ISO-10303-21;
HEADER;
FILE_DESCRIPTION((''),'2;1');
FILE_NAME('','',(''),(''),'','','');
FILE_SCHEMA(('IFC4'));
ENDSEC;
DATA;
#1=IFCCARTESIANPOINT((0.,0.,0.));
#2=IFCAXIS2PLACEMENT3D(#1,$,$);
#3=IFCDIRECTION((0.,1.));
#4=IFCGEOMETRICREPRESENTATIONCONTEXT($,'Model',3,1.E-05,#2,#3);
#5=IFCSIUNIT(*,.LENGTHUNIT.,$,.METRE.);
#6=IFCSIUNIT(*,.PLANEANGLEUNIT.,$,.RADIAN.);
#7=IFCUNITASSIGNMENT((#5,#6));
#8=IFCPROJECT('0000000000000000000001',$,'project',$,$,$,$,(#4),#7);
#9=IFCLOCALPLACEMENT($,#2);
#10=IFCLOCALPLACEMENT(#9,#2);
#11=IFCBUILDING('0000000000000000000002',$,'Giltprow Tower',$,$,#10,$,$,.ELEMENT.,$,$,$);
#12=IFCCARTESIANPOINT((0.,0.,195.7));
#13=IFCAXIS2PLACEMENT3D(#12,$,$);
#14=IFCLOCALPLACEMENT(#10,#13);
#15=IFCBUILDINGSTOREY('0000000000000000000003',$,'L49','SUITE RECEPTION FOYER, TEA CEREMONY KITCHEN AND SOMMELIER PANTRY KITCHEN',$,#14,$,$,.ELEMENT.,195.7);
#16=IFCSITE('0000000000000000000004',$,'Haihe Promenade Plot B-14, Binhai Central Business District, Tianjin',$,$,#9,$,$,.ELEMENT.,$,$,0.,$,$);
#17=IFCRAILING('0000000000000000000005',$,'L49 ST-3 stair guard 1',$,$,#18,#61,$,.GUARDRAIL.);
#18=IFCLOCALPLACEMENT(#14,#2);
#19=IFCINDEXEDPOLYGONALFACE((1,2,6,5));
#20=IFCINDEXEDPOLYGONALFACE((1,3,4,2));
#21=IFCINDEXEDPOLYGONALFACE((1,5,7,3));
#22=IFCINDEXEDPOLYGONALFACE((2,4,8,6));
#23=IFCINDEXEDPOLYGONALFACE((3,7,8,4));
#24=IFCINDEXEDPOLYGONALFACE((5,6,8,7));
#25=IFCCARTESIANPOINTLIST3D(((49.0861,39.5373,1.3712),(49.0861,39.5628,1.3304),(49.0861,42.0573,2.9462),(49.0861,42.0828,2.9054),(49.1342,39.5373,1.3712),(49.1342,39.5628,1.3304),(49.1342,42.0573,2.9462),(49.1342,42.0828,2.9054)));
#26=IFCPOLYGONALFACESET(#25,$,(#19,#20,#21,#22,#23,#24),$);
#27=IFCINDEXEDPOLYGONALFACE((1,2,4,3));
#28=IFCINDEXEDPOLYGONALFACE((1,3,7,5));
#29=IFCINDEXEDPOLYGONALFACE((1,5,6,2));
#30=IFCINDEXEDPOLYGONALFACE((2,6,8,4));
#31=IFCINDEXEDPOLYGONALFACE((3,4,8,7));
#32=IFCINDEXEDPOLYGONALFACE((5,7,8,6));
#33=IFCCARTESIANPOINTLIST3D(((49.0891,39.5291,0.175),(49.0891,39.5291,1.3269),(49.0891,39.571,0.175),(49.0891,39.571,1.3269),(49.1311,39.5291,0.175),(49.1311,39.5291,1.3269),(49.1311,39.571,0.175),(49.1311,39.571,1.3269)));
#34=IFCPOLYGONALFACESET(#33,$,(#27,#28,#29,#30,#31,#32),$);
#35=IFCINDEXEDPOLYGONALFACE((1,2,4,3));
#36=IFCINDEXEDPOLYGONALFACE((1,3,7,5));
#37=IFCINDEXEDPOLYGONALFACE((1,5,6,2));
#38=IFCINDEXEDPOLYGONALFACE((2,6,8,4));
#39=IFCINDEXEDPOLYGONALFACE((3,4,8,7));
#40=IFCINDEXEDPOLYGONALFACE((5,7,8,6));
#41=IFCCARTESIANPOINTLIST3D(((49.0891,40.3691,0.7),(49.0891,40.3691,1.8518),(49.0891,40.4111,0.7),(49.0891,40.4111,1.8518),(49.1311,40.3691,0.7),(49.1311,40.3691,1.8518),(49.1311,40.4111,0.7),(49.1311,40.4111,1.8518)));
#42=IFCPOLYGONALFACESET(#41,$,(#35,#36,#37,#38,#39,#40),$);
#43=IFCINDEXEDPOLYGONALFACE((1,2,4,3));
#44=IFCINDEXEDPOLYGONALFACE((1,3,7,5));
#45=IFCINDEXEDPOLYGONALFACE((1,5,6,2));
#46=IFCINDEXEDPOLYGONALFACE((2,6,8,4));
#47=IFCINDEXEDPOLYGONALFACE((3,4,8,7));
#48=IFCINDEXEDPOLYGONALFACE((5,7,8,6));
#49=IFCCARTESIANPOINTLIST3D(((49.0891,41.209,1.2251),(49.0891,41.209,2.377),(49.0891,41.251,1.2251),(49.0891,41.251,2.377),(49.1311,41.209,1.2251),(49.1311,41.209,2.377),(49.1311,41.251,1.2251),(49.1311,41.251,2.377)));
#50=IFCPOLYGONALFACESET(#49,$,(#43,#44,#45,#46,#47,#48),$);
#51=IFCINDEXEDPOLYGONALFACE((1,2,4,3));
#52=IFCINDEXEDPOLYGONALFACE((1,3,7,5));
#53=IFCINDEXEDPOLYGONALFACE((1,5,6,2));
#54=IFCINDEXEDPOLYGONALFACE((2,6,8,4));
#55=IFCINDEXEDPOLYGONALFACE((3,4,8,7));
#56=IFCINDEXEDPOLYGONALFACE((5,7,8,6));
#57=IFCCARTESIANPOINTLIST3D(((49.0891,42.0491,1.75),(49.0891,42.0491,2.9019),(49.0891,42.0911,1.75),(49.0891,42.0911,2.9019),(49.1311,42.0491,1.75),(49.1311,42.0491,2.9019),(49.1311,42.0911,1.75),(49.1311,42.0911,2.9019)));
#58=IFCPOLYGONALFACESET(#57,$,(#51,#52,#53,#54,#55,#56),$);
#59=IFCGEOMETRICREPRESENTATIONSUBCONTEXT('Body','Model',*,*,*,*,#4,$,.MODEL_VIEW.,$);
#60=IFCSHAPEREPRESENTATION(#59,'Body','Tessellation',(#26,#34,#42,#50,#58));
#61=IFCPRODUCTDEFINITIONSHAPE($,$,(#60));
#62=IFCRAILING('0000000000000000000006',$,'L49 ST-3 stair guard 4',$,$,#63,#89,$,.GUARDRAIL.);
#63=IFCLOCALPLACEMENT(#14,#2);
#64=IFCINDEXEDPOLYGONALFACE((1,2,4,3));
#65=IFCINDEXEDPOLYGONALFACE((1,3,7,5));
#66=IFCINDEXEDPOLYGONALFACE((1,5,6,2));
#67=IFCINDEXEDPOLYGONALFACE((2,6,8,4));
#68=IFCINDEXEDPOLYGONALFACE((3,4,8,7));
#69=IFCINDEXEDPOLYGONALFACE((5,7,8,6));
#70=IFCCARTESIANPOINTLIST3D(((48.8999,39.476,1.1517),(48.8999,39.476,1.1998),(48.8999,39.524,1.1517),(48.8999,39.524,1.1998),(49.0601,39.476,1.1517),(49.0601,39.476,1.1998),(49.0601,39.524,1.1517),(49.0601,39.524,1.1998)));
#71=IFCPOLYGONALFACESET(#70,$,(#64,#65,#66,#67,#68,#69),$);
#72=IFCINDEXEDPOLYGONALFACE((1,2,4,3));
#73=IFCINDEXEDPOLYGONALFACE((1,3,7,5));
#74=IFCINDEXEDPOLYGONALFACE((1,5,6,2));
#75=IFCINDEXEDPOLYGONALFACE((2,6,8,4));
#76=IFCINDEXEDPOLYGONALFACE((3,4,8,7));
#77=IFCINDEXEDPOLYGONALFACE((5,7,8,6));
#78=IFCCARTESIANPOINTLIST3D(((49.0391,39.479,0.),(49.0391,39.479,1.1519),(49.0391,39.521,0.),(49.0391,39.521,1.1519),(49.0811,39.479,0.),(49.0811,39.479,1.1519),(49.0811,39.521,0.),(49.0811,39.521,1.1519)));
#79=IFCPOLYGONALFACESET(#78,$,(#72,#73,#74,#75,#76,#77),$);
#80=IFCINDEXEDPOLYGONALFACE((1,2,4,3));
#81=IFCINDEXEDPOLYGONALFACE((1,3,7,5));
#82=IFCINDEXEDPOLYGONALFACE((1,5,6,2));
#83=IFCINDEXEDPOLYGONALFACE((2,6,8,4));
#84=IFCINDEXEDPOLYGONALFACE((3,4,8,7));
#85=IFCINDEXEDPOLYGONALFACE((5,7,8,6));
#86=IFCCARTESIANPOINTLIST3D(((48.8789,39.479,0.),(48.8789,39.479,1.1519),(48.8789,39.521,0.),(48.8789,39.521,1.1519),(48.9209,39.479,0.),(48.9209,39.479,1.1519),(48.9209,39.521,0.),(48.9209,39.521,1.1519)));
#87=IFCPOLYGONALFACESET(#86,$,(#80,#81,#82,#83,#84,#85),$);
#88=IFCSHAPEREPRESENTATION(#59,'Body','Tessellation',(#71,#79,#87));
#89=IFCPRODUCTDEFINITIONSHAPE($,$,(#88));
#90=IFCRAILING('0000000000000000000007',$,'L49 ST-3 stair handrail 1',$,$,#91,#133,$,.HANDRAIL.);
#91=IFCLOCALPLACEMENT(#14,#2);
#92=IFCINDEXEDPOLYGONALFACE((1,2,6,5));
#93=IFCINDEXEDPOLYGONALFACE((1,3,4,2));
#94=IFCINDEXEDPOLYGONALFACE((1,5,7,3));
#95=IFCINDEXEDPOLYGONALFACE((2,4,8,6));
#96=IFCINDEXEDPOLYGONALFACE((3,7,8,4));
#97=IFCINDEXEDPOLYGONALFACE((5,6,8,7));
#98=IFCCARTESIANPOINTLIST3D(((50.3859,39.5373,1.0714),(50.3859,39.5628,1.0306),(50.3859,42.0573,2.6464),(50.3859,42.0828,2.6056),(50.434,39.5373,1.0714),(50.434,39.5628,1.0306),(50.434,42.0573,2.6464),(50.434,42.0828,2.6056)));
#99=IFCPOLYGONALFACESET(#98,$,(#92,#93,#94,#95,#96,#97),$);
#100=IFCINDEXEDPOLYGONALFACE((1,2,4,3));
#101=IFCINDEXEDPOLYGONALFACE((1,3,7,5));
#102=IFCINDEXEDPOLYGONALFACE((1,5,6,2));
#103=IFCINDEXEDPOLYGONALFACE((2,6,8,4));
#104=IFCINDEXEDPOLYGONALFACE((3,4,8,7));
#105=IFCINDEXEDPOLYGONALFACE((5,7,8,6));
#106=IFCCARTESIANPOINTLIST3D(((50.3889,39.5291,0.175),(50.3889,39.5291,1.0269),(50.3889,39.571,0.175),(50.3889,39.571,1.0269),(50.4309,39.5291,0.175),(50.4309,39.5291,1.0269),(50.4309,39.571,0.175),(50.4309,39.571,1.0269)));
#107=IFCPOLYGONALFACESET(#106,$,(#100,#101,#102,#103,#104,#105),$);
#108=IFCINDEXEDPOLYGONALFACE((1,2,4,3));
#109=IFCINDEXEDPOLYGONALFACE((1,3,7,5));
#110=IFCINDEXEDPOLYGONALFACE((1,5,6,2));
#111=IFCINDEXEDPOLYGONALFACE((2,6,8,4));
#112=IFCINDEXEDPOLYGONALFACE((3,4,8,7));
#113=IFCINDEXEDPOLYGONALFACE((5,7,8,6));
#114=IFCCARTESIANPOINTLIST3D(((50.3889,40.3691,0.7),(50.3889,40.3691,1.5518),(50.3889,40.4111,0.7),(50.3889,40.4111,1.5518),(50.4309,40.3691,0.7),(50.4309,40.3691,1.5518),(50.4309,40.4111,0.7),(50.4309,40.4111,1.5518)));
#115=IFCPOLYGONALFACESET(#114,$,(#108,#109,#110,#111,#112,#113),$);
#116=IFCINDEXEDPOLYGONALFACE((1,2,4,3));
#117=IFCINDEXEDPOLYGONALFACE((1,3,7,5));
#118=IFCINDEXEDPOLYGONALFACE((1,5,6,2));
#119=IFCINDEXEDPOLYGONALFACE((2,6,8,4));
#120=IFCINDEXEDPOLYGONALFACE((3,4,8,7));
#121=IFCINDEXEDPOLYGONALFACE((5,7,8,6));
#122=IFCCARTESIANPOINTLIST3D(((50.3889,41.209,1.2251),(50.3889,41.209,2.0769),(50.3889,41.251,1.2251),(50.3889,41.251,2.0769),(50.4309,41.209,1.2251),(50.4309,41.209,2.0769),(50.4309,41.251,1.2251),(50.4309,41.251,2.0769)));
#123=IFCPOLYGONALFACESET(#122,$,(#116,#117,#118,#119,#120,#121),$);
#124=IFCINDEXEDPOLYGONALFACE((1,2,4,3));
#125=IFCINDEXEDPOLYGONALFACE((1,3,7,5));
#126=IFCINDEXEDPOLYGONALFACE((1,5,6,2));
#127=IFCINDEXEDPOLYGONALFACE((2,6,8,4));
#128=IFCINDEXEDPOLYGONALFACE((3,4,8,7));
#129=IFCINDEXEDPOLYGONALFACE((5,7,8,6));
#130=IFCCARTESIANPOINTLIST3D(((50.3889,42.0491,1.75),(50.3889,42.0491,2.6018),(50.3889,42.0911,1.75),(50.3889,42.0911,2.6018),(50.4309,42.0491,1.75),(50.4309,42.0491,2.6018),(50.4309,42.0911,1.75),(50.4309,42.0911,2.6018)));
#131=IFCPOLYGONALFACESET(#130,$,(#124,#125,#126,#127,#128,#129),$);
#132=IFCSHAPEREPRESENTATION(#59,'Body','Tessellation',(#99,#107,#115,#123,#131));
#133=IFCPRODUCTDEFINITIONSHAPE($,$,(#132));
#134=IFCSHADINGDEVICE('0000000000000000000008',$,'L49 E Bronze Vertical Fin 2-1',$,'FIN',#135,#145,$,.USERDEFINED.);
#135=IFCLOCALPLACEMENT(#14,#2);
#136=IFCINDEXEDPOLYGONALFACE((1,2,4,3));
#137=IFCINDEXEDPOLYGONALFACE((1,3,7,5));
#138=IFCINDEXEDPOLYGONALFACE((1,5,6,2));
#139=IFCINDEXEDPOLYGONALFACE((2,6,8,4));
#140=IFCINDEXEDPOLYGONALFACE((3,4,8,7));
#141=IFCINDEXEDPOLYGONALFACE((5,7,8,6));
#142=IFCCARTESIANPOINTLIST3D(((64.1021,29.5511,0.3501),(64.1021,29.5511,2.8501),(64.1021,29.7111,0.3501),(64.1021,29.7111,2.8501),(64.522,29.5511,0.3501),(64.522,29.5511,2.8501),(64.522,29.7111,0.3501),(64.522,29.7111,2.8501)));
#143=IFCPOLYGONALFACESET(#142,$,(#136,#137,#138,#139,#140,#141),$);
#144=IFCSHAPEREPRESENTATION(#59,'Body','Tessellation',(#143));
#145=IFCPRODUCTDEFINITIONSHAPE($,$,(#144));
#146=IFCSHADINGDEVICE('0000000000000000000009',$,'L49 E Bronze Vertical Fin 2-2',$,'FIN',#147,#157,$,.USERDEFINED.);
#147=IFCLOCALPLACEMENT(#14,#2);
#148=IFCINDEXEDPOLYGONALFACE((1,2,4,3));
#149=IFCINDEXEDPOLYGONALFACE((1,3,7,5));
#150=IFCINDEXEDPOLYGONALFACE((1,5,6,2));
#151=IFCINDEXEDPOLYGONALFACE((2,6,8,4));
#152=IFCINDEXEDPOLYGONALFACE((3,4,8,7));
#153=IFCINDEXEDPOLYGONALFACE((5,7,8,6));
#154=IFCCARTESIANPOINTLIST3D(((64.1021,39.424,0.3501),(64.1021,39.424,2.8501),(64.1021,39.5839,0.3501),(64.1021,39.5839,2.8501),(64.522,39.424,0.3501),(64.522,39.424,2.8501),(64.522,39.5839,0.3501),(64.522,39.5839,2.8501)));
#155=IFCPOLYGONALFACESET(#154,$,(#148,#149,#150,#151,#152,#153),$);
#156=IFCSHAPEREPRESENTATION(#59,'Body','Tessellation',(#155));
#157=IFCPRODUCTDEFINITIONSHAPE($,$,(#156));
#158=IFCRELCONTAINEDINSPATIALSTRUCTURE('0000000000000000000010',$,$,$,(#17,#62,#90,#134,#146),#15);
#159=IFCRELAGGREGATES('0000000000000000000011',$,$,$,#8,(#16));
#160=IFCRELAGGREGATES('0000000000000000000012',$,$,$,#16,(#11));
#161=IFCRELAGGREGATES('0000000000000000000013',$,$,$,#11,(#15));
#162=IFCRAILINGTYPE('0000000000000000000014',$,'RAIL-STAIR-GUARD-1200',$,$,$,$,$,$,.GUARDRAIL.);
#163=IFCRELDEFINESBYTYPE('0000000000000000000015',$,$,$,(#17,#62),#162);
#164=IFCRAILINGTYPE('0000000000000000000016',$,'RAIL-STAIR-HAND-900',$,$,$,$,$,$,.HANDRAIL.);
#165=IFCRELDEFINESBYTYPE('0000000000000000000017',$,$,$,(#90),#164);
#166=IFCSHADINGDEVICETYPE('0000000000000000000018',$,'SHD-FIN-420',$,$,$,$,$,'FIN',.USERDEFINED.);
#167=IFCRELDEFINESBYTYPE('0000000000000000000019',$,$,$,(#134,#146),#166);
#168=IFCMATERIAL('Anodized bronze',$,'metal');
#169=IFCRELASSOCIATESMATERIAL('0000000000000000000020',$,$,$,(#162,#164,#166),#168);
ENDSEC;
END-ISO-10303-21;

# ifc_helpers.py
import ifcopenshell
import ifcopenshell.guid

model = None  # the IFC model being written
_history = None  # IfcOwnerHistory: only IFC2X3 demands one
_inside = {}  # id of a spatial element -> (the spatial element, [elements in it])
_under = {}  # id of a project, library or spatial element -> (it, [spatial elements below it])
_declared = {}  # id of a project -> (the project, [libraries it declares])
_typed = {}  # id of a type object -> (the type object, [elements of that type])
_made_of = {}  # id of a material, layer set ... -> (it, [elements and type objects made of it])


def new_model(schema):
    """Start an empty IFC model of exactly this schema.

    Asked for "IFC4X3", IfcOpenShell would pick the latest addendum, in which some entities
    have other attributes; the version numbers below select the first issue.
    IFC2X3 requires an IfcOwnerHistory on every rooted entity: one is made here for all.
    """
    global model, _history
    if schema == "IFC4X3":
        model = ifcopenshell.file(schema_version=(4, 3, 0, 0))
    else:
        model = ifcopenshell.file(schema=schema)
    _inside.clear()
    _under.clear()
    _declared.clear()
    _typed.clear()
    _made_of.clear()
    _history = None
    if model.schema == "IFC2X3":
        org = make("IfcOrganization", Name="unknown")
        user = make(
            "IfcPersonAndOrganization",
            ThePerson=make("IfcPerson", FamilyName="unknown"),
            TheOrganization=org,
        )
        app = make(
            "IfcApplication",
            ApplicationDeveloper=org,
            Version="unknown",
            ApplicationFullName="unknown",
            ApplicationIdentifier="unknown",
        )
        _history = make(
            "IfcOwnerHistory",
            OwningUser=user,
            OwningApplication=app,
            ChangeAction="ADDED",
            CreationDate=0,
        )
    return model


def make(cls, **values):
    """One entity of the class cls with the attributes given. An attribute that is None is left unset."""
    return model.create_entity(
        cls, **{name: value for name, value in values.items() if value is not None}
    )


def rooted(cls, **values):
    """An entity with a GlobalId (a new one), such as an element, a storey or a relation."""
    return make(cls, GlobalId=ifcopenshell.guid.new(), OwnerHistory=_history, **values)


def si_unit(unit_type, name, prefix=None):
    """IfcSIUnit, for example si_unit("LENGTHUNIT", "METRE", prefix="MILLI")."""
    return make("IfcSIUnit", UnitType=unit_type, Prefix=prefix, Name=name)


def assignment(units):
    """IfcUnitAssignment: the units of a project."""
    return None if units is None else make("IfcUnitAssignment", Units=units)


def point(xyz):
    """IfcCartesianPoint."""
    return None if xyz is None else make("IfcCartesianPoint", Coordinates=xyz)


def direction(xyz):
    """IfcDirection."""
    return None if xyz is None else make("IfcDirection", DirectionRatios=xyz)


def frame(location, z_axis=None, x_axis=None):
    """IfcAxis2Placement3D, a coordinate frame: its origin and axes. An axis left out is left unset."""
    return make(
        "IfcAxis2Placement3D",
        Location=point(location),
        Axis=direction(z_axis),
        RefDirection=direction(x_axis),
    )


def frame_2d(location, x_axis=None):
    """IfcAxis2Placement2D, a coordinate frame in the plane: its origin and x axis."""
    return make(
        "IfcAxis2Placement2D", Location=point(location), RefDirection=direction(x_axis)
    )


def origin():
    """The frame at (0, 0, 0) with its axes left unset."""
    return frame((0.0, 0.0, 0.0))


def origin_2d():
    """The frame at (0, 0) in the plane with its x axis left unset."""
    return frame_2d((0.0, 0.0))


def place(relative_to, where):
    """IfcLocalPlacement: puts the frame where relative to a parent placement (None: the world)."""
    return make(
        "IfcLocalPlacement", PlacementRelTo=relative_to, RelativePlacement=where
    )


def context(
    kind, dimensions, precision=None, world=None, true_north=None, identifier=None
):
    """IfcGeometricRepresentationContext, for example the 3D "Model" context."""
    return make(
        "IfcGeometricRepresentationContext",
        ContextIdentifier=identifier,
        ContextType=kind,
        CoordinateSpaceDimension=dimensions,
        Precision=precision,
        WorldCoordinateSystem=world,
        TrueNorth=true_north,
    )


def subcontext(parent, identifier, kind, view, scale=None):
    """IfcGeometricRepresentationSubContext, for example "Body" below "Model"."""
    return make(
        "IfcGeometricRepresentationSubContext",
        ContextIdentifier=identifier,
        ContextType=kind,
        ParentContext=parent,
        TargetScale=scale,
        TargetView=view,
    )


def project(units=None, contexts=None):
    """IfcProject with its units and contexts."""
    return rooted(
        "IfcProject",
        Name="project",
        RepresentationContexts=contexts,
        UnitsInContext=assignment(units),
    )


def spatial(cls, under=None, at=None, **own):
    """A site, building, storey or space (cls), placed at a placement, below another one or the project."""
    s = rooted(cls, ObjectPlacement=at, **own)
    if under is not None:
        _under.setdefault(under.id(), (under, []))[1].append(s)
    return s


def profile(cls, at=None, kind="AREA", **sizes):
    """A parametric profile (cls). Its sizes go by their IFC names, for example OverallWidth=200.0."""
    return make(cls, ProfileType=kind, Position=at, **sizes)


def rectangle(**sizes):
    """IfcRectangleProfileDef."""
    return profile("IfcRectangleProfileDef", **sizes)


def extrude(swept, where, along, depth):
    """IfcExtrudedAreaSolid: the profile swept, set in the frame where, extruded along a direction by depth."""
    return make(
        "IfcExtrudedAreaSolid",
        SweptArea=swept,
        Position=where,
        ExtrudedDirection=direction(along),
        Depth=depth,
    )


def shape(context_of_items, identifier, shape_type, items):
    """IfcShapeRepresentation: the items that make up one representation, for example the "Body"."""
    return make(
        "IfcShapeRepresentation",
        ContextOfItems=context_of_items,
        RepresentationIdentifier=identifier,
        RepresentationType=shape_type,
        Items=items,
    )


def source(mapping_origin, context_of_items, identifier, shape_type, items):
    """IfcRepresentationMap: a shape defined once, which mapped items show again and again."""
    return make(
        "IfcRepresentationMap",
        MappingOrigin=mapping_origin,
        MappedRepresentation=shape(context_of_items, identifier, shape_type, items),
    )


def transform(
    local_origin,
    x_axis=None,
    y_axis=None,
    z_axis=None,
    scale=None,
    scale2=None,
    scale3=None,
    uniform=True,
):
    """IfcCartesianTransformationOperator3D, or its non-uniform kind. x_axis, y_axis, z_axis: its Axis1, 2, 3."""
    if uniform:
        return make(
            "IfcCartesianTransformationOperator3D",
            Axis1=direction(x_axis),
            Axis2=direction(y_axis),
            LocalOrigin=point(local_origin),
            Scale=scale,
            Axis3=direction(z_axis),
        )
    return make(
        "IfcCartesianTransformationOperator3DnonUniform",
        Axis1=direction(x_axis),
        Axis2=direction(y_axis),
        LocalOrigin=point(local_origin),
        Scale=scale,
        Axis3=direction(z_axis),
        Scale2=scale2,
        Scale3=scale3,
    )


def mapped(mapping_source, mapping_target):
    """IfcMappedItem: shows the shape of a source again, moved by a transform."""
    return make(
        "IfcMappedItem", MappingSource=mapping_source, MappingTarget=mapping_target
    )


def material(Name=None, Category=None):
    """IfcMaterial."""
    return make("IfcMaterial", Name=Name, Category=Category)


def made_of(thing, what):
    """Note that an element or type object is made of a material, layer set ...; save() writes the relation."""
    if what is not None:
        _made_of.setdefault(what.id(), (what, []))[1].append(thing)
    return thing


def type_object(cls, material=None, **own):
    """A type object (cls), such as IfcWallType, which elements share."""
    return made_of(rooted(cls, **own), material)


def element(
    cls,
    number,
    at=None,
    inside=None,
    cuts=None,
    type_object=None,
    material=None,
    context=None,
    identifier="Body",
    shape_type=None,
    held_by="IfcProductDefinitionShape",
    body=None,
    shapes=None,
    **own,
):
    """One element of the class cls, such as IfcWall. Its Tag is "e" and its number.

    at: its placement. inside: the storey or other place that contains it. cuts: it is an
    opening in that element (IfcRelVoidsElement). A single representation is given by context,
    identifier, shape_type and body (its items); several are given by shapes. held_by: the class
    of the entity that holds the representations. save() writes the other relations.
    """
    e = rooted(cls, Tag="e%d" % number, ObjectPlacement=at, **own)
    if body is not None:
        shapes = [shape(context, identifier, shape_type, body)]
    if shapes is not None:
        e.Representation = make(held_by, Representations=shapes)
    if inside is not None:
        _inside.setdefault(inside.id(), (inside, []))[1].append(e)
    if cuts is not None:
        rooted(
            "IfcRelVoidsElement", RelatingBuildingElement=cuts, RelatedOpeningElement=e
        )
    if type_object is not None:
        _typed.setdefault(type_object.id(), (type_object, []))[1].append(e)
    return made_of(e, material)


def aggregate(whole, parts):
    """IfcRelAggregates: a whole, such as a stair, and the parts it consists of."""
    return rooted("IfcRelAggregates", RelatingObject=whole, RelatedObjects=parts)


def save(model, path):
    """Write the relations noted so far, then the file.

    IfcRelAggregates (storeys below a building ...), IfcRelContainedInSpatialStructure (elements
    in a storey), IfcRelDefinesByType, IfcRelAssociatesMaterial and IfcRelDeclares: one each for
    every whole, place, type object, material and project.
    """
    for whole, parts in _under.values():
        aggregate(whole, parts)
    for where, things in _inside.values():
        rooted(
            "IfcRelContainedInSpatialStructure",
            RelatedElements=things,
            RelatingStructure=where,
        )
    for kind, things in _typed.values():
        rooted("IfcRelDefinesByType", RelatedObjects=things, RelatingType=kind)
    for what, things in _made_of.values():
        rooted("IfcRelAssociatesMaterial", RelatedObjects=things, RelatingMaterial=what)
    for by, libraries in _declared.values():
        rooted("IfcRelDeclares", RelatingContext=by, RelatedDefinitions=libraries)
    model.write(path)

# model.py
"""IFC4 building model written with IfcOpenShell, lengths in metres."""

from ifc_helpers import new_model, si_unit, direction, frame, origin, origin_2d, place, context, subcontext, project, spatial, rectangle, extrude, source, transform, mapped, material, type_object, element, save


model = new_model("IFC4")

# Units and contexts
model_context = context("Model", 3, precision=1e-05, world=origin(), true_north=direction((0.0, 1.0)))
body_context = subcontext(model_context, "Body", "Model", "MODEL_VIEW")
ifc_project = project(units=[si_unit("LENGTHUNIT", "METRE"), si_unit("PLANEANGLEUNIT", "RADIAN")], contexts=[model_context])

# Site, building, storey
site_placement = place(None, origin())
site = spatial("IfcSite", under=ifc_project, at=site_placement, Name="Haihe Promenade Plot B-14, Binhai Central Business District, Tianjin", CompositionType="ELEMENT", RefElevation=0.0)
building_placement = place(site_placement, origin())
building = spatial("IfcBuilding", under=site, at=building_placement, Name="Giltprow Tower", CompositionType="ELEMENT")
storey_placement = place(building_placement, frame((0.0, 0.0, 195.7)))
storey = spatial("IfcBuildingStorey", under=building, at=storey_placement, Name="L49", Description="SUITE RECEPTION FOYER, TEA CEREMONY KITCHEN AND SOMMELIER PANTRY KITCHEN", CompositionType="ELEMENT", Elevation=195.7)

# Railings
ifc_material_1 = material(Name="Anodized bronze", Category="metal")
railing_type_1 = type_object("IfcRailingType", Name="RAIL-STAIR-GUARD-1200", PredefinedType="GUARDRAIL", material=ifc_material_1)
railing_1_placement = place(storey_placement, frame((49.1101, 39.55, 0.175)))
element("IfcRailing", 1, at=railing_1_placement, inside=storey, type_object=railing_type_1, Name="L49 ST-3 stair guard 1", PredefinedType="GUARDRAIL", context=body_context, shape_type="SweptSolid", body=[
    extrude(rectangle(XDim=0.0481, YDim=0.0481, at=origin_2d()), frame((0.0, 0.0, 1.1758), z_axis=(0.0, 0.848008, 0.529984), x_axis=(-1.0, 0.0, 0.0)), (0.0, 0.0, 1.0), 2.9717),
    extrude(rectangle(XDim=0.042, YDim=0.042, at=origin_2d()), origin(), (0.0, 0.0, 1.0), 1.1519),
    extrude(rectangle(XDim=0.042, YDim=0.042, at=origin_2d()), frame((0.0, 0.8401, 0.5249)), (0.0, 0.0, 1.0), 1.1519),
    extrude(rectangle(XDim=0.042, YDim=0.042, at=origin_2d()), frame((0.0, 1.6799, 1.05)), (0.0, 0.0, 1.0), 1.1519),
    extrude(rectangle(XDim=0.042, YDim=0.042, at=origin_2d()), frame((0.0, 2.52, 1.575)), (0.0, 0.0, 1.0), 1.1519),
])
railing_2_placement = place(storey_placement, frame((49.0601, 39.5, 0.0)))
element("IfcRailing", 2, at=railing_2_placement, inside=storey, type_object=railing_type_1, Name="L49 ST-3 stair guard 4", PredefinedType="GUARDRAIL", context=body_context, shape_type="SweptSolid", body=[
    extrude(rectangle(XDim=0.0481, YDim=0.0481, at=origin_2d()), frame((0.0, 0.0, 1.1758), z_axis=(-1.0, 0.0, 0.0), x_axis=(0.0, -1.0, 0.0)), (0.0, 0.0, 1.0), 0.1602),
    extrude(rectangle(XDim=0.042, YDim=0.042, at=origin_2d()), origin(), (0.0, 0.0, 1.0), 1.1519),
    extrude(rectangle(XDim=0.042, YDim=0.042, at=origin_2d()), frame((-0.1602, 0.0, 0.0)), (0.0, 0.0, 1.0), 1.1519),
])
railing_type_2 = type_object("IfcRailingType", Name="RAIL-STAIR-HAND-900", PredefinedType="HANDRAIL", material=ifc_material_1)
railing_3_placement = place(storey_placement, frame((50.4099, 39.55, 0.175)))
element("IfcRailing", 3, at=railing_3_placement, inside=storey, type_object=railing_type_2, Name="L49 ST-3 stair handrail 1", PredefinedType="HANDRAIL", context=body_context, shape_type="SweptSolid", body=[
    extrude(rectangle(XDim=0.0481, YDim=0.0481, at=origin_2d()), frame((0.0, 0.0, 0.876), z_axis=(0.0, 0.848008, 0.529984), x_axis=(-1.0, 0.0, 0.0)), (0.0, 0.0, 1.0), 2.9717),
    extrude(rectangle(XDim=0.042, YDim=0.042, at=origin_2d()), origin(), (0.0, 0.0, 1.0), 0.8518),
    extrude(rectangle(XDim=0.042, YDim=0.042, at=origin_2d()), frame((0.0, 0.8401, 0.5249)), (0.0, 0.0, 1.0), 0.8518),
    extrude(rectangle(XDim=0.042, YDim=0.042, at=origin_2d()), frame((0.0, 1.6799, 1.05)), (0.0, 0.0, 1.0), 0.8518),
    extrude(rectangle(XDim=0.042, YDim=0.042, at=origin_2d()), frame((0.0, 2.52, 1.575)), (0.0, 0.0, 1.0), 0.8518),
])

# Shading devices
shading_device_type = type_object("IfcShadingDeviceType", Name="SHD-FIN-420", ElementType="FIN", PredefinedType="USERDEFINED", material=ifc_material_1)
shared_shape_1 = source(origin(), body_context, "Body", "SweptSolid", [
    extrude(rectangle(XDim=0.4199, YDim=0.1599, at=origin_2d()), origin(), (0.0, 0.0, 1.0), 2.5),
])
for number, where, z_axis, x_axis, name in (
    (4, (64.312, 29.6311, 0.3501), (0.0, 0.0, 1.0), (1.0, 0.0, 0.0), "L49 E Bronze Vertical Fin 2-1"),
    (5, (64.312, 39.5039, 0.3501), (0.0, 0.0, 1.0), (1.0, 0.0, 0.0), "L49 E Bronze Vertical Fin 2-2"),
):
    element("IfcShadingDevice", number, at=place(storey_placement, frame(where, z_axis=z_axis, x_axis=x_axis)), inside=storey, type_object=shading_device_type, Name=name, ObjectType="FIN", PredefinedType="USERDEFINED", context=body_context, shape_type="MappedRepresentation", body=[
        mapped(shared_shape_1, transform((0.0, 0.0, 0.0), x_axis=(1.0, 0.0, 0.0), y_axis=(0.0, 1.0, 0.0), z_axis=(0.0, 0.0, 1.0), scale=1.0)),
    ])

save(model, "model.ifc")
